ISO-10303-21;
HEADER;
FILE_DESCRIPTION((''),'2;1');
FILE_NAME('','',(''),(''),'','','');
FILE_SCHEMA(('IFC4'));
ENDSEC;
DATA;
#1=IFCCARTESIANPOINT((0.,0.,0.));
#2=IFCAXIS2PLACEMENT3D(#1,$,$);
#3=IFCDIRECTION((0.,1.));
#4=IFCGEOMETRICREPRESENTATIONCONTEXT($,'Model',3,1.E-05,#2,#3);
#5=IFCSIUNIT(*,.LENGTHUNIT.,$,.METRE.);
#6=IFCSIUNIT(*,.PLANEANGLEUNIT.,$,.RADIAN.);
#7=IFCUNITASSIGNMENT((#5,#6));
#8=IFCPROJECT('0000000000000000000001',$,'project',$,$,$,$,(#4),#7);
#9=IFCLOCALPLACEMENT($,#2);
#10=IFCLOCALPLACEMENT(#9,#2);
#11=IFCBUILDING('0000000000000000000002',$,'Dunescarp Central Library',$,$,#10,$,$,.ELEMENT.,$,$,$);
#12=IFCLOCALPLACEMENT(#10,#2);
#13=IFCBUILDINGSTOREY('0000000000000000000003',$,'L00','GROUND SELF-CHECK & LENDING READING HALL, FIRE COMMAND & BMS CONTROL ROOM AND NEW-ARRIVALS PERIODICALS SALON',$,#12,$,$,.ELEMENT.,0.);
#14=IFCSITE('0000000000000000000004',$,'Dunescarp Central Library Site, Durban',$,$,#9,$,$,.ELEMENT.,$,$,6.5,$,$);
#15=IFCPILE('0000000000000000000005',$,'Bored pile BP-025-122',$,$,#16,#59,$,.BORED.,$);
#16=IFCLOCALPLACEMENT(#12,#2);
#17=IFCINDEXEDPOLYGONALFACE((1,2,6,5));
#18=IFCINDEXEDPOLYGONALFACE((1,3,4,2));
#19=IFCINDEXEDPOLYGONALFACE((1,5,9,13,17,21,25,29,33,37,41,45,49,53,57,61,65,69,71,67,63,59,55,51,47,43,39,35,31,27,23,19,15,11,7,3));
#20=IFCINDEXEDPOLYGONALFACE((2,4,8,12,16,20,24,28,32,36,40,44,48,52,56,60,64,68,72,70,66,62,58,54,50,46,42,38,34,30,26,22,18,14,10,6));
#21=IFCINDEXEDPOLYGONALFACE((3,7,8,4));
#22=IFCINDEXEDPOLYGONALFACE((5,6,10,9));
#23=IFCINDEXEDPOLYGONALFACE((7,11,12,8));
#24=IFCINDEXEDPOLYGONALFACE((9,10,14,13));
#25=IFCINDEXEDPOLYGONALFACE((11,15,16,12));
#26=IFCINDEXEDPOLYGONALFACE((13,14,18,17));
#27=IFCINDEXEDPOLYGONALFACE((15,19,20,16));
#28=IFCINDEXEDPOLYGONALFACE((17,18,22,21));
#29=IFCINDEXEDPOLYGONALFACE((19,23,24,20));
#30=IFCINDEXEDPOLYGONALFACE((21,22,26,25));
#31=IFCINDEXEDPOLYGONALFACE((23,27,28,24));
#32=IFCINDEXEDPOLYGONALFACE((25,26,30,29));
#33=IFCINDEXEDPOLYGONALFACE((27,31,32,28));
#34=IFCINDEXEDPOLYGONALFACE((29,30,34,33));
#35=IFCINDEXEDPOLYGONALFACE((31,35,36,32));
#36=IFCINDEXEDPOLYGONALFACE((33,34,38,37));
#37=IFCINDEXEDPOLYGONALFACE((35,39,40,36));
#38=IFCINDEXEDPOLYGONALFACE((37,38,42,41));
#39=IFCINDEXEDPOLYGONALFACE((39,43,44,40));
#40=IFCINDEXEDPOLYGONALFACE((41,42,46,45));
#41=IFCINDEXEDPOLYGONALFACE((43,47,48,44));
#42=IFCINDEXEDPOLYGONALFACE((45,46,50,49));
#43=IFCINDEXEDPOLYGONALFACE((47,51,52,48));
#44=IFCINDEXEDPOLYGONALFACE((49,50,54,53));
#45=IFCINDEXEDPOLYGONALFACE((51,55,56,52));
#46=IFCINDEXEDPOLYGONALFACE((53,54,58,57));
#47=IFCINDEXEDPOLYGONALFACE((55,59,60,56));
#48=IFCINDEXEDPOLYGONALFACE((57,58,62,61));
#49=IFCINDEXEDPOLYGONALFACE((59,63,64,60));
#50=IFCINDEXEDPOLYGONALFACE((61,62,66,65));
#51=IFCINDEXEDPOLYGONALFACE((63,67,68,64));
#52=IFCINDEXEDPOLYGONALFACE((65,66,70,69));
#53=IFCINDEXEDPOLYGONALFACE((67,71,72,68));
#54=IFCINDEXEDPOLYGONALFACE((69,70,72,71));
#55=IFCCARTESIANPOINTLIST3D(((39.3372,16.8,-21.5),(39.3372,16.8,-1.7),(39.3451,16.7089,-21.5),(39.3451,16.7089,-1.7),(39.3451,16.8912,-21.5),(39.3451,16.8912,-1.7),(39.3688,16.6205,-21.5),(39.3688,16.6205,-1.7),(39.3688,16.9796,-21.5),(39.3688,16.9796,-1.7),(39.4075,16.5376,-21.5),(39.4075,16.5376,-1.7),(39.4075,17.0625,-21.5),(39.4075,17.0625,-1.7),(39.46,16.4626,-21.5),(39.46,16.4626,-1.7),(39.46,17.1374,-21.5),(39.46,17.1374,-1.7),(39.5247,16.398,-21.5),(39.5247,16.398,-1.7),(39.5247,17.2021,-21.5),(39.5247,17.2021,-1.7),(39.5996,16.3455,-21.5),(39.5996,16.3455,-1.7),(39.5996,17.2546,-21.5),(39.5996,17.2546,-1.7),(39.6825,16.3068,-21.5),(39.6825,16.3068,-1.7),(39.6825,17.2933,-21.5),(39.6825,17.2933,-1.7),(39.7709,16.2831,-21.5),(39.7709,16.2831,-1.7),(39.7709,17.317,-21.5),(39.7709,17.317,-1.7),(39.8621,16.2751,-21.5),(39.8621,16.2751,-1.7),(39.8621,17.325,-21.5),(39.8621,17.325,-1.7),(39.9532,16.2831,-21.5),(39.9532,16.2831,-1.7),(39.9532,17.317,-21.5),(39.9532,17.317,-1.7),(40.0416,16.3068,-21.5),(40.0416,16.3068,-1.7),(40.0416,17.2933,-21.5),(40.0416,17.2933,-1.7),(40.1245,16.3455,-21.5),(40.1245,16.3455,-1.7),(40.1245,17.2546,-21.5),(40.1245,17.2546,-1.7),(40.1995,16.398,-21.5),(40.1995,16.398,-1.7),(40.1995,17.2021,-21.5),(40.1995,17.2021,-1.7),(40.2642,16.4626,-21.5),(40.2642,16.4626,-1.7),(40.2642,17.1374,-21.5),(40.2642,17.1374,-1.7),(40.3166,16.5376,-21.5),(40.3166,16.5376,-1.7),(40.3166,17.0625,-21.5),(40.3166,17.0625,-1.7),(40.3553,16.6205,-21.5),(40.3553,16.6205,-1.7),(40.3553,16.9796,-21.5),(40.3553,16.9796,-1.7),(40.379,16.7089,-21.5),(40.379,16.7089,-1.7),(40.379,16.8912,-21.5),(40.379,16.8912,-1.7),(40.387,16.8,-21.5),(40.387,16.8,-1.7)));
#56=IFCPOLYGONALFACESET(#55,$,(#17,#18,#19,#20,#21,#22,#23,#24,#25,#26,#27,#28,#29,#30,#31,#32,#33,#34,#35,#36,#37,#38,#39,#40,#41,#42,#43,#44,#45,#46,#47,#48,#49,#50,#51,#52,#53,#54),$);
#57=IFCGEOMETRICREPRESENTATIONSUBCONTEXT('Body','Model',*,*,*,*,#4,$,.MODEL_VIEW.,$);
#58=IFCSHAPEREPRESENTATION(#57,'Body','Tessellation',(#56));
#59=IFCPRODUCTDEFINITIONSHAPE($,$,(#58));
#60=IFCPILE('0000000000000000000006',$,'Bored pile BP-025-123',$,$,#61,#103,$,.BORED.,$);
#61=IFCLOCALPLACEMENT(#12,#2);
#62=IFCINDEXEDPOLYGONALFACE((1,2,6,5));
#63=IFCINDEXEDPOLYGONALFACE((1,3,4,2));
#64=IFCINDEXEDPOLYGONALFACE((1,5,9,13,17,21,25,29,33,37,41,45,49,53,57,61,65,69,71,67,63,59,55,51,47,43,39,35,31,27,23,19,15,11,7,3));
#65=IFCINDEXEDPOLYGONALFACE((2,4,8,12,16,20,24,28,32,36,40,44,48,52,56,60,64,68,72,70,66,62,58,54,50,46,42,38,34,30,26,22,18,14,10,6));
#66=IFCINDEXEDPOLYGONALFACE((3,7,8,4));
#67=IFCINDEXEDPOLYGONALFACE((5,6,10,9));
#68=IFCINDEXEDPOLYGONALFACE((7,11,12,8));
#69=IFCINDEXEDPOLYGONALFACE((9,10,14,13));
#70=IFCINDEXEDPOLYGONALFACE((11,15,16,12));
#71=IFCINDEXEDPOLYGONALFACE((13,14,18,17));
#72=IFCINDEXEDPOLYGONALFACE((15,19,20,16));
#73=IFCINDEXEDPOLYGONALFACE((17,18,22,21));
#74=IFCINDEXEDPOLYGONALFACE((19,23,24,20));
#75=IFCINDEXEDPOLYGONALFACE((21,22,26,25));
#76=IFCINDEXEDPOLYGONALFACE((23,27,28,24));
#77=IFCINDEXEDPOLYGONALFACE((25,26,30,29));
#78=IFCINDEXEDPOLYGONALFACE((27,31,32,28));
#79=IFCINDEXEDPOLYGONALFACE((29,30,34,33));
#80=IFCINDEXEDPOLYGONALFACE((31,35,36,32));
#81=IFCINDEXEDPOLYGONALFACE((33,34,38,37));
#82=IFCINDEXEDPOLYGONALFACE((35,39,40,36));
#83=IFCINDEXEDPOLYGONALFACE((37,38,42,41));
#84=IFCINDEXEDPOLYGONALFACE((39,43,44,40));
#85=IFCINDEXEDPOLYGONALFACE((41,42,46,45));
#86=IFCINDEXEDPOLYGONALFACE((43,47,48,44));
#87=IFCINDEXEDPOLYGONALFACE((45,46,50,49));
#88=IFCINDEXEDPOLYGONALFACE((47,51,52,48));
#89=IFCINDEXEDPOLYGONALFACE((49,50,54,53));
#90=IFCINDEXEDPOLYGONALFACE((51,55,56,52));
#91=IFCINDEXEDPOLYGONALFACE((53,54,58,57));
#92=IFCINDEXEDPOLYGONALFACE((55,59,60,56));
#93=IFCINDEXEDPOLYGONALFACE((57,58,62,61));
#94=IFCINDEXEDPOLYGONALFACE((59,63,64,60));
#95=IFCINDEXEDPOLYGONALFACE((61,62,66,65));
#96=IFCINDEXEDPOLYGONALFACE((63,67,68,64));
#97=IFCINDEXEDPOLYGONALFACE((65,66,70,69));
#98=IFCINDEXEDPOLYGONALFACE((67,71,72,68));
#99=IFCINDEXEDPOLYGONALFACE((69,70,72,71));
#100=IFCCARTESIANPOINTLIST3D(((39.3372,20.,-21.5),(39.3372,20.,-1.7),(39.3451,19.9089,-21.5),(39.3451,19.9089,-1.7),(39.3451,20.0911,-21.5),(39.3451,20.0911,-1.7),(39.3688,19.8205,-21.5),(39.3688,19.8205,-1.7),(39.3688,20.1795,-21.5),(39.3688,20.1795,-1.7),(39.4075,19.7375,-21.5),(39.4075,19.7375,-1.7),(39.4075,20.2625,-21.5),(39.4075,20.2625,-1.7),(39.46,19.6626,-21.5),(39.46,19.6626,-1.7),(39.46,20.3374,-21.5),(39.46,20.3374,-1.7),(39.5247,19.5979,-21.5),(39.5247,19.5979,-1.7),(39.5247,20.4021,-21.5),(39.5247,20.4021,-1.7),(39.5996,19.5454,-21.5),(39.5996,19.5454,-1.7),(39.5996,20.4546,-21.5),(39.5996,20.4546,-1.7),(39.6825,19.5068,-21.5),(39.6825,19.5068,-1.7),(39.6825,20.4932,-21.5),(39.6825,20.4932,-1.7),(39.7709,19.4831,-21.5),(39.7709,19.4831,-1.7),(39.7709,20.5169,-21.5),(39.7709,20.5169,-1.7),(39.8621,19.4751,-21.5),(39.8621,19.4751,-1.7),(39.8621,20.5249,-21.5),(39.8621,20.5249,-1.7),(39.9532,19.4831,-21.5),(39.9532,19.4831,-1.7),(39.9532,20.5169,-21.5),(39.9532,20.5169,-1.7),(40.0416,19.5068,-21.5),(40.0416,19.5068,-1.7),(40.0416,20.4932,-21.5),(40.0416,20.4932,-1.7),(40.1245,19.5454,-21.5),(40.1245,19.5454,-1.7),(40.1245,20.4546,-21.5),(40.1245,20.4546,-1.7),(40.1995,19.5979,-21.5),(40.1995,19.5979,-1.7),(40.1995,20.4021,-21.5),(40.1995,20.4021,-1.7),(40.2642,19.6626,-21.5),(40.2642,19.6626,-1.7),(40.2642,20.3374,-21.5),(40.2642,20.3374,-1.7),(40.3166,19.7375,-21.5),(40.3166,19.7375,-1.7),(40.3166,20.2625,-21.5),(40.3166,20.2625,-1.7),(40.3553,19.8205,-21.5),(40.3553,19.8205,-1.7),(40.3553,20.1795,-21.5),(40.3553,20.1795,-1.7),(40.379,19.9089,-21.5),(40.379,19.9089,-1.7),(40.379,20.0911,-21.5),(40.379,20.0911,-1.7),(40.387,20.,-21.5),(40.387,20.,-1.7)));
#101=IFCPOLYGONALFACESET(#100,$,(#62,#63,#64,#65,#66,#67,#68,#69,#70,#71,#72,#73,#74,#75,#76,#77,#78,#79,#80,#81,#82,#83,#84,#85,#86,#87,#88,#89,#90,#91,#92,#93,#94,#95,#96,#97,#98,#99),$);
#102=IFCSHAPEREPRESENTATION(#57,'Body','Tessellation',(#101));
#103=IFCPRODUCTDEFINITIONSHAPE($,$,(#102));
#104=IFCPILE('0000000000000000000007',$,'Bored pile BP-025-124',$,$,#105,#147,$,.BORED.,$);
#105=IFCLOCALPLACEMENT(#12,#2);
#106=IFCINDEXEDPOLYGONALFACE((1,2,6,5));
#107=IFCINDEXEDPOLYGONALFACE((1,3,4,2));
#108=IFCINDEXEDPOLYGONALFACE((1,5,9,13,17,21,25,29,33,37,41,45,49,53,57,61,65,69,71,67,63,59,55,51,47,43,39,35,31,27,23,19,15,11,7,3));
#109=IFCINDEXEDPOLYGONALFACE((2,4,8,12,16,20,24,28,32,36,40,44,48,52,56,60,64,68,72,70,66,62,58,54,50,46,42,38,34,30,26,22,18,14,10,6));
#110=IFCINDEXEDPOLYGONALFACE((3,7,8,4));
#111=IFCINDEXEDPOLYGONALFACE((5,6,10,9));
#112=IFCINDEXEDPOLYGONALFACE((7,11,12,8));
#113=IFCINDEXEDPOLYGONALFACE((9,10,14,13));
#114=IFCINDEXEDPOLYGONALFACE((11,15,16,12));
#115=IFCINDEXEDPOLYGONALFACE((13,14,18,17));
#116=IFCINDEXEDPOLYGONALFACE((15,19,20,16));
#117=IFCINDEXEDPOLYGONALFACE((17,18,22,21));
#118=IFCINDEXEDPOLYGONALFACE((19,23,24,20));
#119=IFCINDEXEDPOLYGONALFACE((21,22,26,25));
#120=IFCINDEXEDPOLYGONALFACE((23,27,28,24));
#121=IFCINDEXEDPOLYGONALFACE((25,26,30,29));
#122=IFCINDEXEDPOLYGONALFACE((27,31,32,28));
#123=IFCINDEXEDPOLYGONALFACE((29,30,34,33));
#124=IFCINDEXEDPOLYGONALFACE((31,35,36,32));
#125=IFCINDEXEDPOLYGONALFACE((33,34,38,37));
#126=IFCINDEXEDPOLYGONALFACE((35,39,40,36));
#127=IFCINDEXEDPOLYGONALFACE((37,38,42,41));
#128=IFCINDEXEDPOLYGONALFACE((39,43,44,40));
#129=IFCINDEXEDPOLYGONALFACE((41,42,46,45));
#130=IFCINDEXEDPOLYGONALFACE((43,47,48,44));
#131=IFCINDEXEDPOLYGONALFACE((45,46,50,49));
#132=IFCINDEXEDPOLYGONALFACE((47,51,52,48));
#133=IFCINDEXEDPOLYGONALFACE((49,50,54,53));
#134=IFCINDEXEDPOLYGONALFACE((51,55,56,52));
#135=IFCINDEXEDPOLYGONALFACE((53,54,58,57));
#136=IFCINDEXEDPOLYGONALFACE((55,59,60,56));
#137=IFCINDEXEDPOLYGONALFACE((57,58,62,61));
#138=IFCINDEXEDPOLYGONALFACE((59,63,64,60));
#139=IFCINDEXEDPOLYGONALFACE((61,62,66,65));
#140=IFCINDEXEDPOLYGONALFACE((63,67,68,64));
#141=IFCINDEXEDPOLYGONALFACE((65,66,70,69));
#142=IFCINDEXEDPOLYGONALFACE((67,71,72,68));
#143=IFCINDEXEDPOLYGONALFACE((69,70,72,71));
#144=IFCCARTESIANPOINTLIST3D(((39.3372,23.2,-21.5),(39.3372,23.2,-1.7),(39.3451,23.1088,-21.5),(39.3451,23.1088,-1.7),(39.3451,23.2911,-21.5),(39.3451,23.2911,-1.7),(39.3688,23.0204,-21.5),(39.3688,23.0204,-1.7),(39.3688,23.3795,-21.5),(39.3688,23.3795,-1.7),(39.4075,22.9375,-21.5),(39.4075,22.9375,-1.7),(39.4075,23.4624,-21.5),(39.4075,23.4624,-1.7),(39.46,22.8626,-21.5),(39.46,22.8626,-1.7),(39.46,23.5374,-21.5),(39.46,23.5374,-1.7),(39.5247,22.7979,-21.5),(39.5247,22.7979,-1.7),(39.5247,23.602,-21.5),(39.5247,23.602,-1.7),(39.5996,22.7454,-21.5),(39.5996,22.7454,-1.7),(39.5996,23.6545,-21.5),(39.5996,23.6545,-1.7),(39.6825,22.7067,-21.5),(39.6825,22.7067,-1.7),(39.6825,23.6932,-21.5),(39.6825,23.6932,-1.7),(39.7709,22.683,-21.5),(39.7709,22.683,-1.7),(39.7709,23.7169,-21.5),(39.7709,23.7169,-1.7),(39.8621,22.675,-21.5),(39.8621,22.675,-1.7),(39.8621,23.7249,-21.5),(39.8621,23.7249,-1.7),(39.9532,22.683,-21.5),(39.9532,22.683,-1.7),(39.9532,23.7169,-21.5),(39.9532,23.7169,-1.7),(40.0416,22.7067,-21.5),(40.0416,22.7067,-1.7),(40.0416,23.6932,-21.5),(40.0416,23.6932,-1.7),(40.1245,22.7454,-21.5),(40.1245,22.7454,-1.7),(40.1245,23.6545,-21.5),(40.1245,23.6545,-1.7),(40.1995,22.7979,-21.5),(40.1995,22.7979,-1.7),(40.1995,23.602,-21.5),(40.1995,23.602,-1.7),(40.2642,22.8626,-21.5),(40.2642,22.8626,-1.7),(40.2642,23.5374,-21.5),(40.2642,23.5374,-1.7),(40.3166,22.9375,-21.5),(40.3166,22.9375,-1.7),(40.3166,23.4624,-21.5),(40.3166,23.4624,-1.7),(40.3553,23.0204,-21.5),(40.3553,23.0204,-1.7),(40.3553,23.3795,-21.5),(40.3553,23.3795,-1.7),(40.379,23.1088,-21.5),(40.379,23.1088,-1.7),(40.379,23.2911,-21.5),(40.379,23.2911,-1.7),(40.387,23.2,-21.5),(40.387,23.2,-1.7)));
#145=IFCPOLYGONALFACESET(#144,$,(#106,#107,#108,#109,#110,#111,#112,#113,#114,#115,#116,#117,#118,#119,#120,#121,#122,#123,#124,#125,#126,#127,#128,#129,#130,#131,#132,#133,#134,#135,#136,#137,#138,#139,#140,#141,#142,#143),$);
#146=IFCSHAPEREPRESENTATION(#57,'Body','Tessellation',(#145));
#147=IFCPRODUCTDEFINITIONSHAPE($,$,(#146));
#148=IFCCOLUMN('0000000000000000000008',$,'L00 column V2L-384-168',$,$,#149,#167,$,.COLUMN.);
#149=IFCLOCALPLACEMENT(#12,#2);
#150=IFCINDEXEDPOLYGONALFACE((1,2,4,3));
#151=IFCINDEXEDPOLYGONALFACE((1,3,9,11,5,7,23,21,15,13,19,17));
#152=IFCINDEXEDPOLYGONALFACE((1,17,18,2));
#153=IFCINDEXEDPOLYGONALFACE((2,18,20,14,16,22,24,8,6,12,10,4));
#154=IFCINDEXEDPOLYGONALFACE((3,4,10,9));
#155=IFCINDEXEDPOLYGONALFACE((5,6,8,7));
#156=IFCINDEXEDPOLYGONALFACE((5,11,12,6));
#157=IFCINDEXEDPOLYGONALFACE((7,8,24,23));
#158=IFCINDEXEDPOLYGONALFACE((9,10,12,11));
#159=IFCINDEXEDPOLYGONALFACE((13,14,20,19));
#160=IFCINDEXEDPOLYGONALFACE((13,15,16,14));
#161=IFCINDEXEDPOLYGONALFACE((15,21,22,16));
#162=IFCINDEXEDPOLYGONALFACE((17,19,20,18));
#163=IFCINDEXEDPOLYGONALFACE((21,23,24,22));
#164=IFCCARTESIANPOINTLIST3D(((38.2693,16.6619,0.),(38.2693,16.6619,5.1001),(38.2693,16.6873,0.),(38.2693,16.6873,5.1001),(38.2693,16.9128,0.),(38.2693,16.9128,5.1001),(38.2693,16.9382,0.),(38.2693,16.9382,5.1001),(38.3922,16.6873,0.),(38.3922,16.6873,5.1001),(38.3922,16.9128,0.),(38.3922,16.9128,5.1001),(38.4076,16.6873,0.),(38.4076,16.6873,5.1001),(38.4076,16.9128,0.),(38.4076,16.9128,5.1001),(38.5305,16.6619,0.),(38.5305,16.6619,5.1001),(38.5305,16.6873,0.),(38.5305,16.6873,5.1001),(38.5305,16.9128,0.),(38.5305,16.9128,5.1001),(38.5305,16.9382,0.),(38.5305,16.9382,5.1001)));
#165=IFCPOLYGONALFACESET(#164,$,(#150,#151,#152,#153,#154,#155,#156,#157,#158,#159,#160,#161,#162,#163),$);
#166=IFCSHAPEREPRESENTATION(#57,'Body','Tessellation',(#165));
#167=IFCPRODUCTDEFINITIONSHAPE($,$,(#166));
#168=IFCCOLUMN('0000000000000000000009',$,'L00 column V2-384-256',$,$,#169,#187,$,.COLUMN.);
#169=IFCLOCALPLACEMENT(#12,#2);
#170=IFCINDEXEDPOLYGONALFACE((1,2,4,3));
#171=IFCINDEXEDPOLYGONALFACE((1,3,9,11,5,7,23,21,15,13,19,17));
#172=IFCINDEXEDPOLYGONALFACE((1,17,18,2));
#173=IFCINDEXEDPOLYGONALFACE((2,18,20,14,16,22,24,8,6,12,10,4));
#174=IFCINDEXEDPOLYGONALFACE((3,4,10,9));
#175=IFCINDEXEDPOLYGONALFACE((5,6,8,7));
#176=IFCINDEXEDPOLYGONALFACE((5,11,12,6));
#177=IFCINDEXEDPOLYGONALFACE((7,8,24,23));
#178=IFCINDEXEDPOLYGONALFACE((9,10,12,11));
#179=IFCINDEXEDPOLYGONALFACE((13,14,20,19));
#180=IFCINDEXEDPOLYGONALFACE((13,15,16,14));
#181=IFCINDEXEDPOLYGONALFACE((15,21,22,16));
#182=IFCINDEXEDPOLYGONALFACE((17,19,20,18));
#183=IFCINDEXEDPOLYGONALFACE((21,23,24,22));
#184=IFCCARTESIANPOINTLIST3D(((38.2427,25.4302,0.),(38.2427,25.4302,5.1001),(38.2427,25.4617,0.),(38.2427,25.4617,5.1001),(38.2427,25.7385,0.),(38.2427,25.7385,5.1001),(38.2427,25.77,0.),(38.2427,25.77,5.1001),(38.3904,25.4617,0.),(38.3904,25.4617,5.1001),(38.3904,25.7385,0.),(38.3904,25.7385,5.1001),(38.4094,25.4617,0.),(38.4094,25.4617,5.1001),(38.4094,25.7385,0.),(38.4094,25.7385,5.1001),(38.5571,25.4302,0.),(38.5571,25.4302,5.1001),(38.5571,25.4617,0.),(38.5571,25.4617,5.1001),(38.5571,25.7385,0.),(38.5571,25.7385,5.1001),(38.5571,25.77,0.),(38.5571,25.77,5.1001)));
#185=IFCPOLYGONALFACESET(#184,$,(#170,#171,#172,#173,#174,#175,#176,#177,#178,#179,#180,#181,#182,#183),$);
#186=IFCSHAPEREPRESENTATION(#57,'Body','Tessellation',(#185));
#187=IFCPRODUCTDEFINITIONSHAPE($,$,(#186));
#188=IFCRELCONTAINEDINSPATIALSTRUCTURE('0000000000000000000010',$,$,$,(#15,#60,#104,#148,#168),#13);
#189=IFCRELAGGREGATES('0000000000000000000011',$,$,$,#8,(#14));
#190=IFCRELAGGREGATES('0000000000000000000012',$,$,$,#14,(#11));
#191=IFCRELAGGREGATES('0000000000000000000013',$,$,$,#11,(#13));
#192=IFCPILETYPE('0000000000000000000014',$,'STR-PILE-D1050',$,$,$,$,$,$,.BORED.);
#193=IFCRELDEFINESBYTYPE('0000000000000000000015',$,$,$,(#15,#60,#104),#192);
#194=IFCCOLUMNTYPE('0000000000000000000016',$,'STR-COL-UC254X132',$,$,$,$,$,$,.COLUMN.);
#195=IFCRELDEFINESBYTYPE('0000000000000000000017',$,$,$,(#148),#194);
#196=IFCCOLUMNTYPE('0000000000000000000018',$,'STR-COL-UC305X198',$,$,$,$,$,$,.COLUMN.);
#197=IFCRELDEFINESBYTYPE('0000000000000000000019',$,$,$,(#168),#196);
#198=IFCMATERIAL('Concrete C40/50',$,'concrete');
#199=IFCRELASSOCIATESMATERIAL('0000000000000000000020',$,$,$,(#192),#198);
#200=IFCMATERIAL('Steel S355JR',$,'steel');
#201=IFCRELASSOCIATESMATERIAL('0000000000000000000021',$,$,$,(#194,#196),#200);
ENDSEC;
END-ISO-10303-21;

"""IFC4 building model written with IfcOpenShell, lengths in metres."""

from ifc_helpers import new_model, si_unit, direction, frame, origin, origin_2d, place, context, subcontext, project, spatial, circle, i_section, extrude, material, material_profile, profile_set, type_object, element, save


model = new_model("IFC4")

# Units and contexts
model_context = context("Model", 3, precision=1e-05, world=origin(), true_north=direction((0.0, 1.0)))
body_context = subcontext(model_context, "Body", "Model", "MODEL_VIEW")
ifc_project = project(units=[si_unit("LENGTHUNIT", "METRE"), si_unit("PLANEANGLEUNIT", "RADIAN")], contexts=[model_context])

# Site, building, storey
site_placement = place(None, origin())
site = spatial("IfcSite", under=ifc_project, at=site_placement, Name="Dunescarp Central Library Site, Durban", CompositionType="ELEMENT", RefElevation=6.5)
building_placement = place(site_placement, origin())
building = spatial("IfcBuilding", under=site, at=building_placement, Name="Dunescarp Central Library", CompositionType="ELEMENT")
storey_placement = place(building_placement, origin())
storey = spatial("IfcBuildingStorey", under=building, at=storey_placement, Name="L00", Description="GROUND SELF-CHECK & LENDING READING HALL, FIRE COMMAND & BMS CONTROL ROOM AND NEW-ARRIVALS PERIODICALS SALON", CompositionType="ELEMENT", Elevation=0.0)

# Piles
ifc_material_1 = material(Name="Concrete C40/50", Category="concrete")
ifc_material_profile_1 = material_profile(ifc_material_1, circle(Radius=0.5249, at=origin_2d()), Name="PILE D1050")
ifc_profile_set_1 = profile_set([ifc_material_profile_1], Name="Concrete C40/50")
pile_type = type_object("IfcPileType", Name="STR-PILE-D1050", PredefinedType="BORED", material=ifc_profile_set_1)
for number, where, z_axis, x_axis, name in (
    (1, (39.8621, 16.8, -1.7), (0.0, 0.0, -1.0), (1.0, 0.0, 0.0), "Bored pile BP-025-122"),
    (2, (39.8621, 20.0, -1.7), (0.0, 0.0, -1.0), (1.0, 0.0, 0.0), "Bored pile BP-025-123"),
    (3, (39.8621, 23.2, -1.7), (0.0, 0.0, -1.0), (1.0, 0.0, 0.0), "Bored pile BP-025-124"),
):
    element("IfcPile", number, at=place(storey_placement, frame(where, z_axis=z_axis, x_axis=x_axis)), inside=storey, type_object=pile_type, Name=name, PredefinedType="BORED", context=body_context, shape_type="SweptSolid", body=[
        extrude(circle(Radius=0.5249, at=origin_2d()), origin(), (0.0, 0.0, 1.0), 19.8),
    ])

# Columns
ifc_material_2 = material(Name="Steel S355JR", Category="steel")
ifc_material_profile_2 = material_profile(ifc_material_2, i_section(OverallWidth=0.2612, OverallDepth=0.2764, WebThickness=0.0154, FlangeThickness=0.0254, at=origin_2d()), Name="UC 254x254x132")
ifc_profile_set_2 = profile_set([ifc_material_profile_2], Name="Steel S355JR")
column_type_1 = type_object("IfcColumnType", Name="STR-COL-UC254X132", PredefinedType="COLUMN", material=ifc_profile_set_2)
column_1_placement = place(storey_placement, frame((38.3999, 16.8, 0.0), z_axis=(0.0, 0.0, 1.0), x_axis=(1.0, 0.0, 0.0)))
element("IfcColumn", 4, at=column_1_placement, inside=storey, type_object=column_type_1, Name="L00 column V2L-384-168", PredefinedType="COLUMN", context=body_context, shape_type="SweptSolid", body=[
    extrude(i_section(OverallWidth=0.2612, OverallDepth=0.2764, WebThickness=0.0154, FlangeThickness=0.0254, at=origin_2d()), origin(), (0.0, 0.0, 1.0), 5.1001),
])
ifc_material_profile_3 = material_profile(ifc_material_2, i_section(OverallWidth=0.3145, OverallDepth=0.3398, WebThickness=0.019, FlangeThickness=0.0315, at=origin_2d()), Name="UC 305x305x198")
ifc_profile_set_3 = profile_set([ifc_material_profile_3], Name="Steel S355JR")
column_type_2 = type_object("IfcColumnType", Name="STR-COL-UC305X198", PredefinedType="COLUMN", material=ifc_profile_set_3)
column_2_placement = place(storey_placement, frame((38.3999, 25.6001, 0.0), z_axis=(0.0, 0.0, 1.0), x_axis=(1.0, 0.0, 0.0)))
element("IfcColumn", 5, at=column_2_placement, inside=storey, type_object=column_type_2, Name="L00 column V2-384-256", PredefinedType="COLUMN", context=body_context, shape_type="SweptSolid", body=[
    extrude(i_section(OverallWidth=0.3145, OverallDepth=0.3398, WebThickness=0.019, FlangeThickness=0.0315, at=origin_2d()), origin(), (0.0, 0.0, 1.0), 5.1001),
])

save(model, "model.ifc")
